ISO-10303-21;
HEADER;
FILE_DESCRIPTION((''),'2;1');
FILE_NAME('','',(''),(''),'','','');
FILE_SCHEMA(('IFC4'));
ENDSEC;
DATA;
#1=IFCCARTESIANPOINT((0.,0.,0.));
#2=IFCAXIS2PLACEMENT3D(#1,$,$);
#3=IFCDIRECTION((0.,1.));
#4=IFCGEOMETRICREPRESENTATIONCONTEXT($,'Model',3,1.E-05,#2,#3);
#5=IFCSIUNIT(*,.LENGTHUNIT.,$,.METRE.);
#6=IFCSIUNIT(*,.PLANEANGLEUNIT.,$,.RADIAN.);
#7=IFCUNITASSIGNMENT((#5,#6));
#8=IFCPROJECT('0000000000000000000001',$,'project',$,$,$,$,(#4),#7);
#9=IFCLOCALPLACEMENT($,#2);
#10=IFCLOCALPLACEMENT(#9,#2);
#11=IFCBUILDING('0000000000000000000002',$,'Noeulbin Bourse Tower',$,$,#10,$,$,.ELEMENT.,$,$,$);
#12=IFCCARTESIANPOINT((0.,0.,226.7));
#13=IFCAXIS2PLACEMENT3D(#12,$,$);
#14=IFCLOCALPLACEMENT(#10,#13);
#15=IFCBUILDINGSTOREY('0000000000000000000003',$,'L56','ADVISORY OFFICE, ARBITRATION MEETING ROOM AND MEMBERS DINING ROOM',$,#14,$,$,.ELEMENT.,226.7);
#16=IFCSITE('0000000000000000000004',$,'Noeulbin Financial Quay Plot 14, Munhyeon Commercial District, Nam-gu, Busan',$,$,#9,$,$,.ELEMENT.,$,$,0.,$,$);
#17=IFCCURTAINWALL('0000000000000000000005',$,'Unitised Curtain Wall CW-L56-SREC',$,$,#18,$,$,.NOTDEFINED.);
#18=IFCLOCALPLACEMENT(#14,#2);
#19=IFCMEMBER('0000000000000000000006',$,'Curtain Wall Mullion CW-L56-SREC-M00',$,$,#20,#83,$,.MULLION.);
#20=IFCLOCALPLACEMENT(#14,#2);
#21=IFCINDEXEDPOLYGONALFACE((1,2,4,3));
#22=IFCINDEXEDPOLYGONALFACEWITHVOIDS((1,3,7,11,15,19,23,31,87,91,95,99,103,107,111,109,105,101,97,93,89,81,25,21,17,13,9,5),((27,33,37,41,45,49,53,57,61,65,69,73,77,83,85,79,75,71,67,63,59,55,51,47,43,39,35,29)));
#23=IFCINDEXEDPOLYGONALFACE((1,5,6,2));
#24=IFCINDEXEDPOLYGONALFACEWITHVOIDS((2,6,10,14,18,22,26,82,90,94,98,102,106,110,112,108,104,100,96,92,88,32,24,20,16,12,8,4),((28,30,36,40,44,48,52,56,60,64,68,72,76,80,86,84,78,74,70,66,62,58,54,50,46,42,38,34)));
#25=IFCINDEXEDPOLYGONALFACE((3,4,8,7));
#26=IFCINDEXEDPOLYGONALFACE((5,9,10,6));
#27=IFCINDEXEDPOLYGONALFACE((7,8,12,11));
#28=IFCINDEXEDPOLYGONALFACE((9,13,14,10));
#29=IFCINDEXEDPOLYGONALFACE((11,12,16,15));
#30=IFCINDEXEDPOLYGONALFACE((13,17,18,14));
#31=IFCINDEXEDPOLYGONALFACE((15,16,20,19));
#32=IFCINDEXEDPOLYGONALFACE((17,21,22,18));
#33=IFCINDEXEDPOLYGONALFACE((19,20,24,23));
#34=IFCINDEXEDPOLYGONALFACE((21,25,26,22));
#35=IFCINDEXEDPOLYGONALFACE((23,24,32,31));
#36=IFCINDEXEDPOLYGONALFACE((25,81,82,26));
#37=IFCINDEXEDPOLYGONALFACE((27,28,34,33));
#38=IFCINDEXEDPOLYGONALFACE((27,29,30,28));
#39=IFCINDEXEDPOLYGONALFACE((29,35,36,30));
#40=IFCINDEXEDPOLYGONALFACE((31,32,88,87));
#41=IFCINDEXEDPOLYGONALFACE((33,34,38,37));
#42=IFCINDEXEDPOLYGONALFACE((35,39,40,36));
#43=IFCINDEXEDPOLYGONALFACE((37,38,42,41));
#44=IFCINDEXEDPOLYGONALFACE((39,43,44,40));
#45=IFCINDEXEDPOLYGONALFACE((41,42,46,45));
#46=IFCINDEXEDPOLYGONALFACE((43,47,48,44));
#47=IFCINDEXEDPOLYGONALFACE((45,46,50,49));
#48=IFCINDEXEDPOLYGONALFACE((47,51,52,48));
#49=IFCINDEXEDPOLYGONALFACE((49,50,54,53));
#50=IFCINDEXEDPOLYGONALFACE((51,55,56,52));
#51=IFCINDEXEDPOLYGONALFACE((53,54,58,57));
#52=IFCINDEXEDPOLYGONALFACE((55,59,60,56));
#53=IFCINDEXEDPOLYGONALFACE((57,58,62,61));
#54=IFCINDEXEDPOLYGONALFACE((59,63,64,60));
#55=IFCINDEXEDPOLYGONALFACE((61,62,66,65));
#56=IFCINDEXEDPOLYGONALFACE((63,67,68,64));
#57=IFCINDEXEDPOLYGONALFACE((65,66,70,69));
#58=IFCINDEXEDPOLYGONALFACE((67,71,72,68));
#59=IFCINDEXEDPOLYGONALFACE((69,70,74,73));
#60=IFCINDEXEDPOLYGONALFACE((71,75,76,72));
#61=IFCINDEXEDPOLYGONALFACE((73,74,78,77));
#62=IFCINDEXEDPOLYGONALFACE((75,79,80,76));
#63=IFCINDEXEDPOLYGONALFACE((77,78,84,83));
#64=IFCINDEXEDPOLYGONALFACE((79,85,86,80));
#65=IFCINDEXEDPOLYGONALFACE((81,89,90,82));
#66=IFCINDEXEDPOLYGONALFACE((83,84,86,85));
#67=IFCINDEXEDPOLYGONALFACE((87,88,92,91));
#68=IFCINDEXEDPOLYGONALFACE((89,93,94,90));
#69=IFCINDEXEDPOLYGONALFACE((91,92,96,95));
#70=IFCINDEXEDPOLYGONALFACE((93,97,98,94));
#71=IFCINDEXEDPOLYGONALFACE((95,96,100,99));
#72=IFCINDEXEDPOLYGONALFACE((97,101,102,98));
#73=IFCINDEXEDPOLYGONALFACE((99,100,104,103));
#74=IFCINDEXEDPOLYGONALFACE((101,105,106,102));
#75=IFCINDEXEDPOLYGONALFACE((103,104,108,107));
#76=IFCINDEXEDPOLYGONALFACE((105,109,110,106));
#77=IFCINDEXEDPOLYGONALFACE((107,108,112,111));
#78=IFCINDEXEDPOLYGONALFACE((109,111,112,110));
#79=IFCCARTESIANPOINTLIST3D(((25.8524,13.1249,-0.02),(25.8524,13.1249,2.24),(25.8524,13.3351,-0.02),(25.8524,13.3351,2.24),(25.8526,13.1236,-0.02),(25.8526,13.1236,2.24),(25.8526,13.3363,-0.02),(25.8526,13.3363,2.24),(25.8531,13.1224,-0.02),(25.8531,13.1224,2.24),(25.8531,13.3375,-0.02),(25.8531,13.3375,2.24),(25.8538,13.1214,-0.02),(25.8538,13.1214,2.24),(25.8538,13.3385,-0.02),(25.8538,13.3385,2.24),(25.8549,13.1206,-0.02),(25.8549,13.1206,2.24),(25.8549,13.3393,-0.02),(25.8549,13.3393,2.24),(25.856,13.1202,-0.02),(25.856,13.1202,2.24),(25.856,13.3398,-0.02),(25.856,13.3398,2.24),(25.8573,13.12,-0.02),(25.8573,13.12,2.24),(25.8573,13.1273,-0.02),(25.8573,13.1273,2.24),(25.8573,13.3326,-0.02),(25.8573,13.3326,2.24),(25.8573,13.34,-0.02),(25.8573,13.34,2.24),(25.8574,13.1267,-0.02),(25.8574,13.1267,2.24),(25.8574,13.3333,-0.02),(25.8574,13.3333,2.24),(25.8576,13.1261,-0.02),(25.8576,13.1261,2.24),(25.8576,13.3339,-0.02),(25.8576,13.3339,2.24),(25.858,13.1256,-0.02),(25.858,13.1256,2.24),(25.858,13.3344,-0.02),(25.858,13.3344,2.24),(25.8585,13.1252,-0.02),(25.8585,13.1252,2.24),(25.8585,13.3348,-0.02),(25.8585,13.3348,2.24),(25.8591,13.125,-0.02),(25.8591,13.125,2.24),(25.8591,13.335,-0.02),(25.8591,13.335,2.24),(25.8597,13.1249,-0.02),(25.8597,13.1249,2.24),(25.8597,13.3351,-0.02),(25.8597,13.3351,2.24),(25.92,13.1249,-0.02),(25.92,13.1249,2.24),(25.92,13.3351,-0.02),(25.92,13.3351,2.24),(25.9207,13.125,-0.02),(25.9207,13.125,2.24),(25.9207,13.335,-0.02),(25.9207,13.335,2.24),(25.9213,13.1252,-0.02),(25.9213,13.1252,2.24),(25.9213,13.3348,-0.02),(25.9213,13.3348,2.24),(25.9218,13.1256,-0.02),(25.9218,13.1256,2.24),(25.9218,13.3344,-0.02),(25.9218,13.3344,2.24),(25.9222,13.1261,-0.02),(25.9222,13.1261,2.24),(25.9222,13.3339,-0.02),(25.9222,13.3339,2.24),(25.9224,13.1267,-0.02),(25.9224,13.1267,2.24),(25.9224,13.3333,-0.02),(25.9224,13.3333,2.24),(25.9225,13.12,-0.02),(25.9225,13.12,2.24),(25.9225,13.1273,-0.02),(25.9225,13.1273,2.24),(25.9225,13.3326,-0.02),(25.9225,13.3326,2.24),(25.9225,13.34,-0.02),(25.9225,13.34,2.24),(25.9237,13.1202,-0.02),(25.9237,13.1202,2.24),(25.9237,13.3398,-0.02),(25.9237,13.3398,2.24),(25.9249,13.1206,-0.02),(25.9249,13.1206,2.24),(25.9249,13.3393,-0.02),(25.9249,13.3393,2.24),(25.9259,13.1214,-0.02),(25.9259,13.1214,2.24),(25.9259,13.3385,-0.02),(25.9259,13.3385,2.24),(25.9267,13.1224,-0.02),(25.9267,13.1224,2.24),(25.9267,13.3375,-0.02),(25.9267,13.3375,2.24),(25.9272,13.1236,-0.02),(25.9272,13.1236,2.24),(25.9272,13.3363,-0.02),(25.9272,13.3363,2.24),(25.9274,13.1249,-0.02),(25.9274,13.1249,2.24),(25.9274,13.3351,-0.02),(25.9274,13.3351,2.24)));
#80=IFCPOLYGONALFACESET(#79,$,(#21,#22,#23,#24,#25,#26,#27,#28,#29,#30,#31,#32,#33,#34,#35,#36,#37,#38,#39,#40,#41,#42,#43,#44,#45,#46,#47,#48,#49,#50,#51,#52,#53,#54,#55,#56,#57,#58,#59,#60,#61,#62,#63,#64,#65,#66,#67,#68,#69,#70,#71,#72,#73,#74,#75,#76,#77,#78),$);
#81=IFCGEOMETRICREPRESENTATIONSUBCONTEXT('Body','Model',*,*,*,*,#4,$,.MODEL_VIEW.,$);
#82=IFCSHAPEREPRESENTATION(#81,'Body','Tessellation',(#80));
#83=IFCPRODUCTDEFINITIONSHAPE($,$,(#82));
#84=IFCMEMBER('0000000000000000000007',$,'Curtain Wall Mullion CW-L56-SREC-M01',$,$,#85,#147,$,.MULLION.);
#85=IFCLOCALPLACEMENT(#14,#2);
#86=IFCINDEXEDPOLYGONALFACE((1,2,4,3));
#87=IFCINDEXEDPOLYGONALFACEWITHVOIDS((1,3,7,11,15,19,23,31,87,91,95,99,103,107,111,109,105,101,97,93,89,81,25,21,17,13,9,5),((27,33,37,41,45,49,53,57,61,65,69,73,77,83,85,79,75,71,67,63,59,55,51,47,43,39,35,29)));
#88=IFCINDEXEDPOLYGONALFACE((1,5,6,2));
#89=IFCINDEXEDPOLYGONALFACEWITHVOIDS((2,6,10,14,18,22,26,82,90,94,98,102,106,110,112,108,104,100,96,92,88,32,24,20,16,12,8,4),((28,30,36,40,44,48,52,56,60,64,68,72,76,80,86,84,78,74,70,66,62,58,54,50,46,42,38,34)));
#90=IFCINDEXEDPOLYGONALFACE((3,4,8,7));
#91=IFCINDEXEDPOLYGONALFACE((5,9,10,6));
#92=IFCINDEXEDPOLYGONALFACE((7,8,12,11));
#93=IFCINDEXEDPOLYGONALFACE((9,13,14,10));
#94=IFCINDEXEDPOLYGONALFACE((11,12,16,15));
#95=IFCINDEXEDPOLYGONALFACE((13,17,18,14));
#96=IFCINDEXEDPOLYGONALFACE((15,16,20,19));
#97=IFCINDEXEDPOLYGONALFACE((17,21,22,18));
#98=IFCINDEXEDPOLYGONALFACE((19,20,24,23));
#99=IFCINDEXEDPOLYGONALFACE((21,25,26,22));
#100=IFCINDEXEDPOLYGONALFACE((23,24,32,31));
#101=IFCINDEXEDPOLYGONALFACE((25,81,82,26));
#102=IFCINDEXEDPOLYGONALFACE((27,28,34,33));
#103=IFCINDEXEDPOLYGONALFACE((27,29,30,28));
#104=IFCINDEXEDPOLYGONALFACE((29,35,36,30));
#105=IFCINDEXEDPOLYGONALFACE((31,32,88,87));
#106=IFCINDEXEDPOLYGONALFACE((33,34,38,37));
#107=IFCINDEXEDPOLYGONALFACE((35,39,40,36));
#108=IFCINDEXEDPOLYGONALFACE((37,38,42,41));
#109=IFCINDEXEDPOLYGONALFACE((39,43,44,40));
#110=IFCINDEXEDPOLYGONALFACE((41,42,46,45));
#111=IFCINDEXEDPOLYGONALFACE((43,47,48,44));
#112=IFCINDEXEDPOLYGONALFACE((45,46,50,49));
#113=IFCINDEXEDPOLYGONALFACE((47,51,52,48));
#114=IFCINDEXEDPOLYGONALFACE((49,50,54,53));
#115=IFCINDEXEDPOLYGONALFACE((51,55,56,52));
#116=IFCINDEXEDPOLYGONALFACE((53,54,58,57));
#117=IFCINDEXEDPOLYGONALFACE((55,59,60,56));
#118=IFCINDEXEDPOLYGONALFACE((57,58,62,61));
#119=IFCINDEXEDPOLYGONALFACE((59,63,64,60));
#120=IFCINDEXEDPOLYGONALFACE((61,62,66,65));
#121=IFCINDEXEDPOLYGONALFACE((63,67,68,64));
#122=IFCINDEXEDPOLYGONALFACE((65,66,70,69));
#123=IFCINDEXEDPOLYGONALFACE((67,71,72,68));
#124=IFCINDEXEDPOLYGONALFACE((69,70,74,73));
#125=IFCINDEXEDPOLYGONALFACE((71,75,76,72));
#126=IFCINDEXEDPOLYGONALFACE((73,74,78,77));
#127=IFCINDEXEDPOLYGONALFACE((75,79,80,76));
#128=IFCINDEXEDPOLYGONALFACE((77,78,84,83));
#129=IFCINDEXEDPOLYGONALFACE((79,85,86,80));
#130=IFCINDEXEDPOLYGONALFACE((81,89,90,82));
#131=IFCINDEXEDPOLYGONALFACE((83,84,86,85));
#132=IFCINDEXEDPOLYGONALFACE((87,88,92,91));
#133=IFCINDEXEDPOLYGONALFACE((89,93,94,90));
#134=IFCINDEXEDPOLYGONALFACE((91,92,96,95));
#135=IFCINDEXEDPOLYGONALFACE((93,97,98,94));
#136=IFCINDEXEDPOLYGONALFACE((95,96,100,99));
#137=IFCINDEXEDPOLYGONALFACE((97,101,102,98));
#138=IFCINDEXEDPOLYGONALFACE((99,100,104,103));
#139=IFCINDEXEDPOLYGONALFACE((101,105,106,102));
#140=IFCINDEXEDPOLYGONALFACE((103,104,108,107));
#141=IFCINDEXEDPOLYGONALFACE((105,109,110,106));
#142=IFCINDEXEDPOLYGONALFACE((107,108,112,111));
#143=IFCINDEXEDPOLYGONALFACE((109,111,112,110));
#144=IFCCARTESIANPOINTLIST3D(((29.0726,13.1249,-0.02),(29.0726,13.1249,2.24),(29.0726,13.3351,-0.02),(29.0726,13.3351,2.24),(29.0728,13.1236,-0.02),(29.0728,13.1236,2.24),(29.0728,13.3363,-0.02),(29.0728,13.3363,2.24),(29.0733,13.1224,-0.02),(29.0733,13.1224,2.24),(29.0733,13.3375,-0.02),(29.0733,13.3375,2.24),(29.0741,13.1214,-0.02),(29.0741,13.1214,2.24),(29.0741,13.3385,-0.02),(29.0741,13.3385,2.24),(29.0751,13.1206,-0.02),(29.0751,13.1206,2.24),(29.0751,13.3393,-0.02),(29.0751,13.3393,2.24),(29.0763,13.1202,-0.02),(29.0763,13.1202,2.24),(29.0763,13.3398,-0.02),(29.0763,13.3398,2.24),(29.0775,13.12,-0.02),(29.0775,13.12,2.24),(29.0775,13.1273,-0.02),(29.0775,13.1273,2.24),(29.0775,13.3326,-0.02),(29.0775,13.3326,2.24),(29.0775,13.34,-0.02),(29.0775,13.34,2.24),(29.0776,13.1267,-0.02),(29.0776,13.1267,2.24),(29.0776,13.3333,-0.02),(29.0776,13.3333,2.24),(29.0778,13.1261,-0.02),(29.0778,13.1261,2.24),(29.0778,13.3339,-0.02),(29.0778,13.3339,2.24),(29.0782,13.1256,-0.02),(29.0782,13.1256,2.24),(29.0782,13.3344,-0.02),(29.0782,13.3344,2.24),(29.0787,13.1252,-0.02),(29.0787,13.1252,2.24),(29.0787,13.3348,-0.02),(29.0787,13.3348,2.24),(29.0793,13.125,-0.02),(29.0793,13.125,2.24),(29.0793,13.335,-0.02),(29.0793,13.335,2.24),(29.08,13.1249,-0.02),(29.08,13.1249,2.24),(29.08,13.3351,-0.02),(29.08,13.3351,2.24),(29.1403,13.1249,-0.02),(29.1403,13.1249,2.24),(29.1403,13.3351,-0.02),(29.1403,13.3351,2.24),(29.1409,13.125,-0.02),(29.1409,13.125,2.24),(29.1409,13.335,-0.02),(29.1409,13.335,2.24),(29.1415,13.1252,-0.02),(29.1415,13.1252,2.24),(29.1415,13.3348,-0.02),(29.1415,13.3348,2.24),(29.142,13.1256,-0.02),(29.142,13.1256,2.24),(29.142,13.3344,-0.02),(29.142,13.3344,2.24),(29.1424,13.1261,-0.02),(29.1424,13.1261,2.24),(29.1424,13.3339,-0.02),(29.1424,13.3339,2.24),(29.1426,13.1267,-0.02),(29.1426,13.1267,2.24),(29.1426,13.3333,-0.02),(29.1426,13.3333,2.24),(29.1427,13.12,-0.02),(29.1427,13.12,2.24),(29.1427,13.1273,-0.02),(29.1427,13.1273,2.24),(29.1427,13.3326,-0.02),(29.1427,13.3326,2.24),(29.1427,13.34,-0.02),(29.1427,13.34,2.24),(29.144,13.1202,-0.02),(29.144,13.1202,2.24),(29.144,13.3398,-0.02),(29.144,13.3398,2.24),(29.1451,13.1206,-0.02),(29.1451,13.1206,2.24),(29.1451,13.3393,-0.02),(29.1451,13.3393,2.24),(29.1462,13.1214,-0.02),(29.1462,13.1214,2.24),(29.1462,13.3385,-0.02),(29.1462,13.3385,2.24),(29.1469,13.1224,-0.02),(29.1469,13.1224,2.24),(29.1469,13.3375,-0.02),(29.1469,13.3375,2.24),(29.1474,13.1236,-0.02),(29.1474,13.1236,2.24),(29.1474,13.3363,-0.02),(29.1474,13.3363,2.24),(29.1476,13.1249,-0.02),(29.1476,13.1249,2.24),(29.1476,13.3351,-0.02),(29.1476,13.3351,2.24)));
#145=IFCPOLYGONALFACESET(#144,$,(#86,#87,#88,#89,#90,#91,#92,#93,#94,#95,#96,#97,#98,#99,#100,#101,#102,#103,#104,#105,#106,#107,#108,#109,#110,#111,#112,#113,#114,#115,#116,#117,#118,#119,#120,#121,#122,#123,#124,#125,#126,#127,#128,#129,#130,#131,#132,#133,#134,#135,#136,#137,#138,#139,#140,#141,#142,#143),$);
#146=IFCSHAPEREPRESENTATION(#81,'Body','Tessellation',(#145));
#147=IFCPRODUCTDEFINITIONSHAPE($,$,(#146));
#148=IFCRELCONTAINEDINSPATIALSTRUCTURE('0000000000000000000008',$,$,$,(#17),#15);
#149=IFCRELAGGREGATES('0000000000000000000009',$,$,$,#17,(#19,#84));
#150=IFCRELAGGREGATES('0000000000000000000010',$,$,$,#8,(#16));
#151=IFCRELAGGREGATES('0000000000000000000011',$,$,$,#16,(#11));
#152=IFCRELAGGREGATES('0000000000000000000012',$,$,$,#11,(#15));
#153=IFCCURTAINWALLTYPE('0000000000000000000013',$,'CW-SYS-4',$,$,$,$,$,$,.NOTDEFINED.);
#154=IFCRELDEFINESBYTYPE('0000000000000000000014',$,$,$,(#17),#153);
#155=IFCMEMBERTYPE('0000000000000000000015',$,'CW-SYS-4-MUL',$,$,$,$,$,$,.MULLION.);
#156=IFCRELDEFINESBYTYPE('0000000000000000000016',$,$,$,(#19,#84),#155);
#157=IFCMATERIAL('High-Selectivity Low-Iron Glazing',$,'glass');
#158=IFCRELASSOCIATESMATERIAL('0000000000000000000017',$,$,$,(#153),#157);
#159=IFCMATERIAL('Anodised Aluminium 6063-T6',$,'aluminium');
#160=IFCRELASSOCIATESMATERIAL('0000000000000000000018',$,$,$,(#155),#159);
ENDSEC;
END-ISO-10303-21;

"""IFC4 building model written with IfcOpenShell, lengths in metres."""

from ifc_helpers import new_model, si_unit, direction, frame, origin, origin_2d, place, context, subcontext, project, spatial, hollow_rectangle, extrude, material, material_profile, profile_set, type_object, element, aggregate, save


model = new_model("IFC4")

# Units and contexts
model_context = context("Model", 3, precision=1e-05, world=origin(), true_north=direction((0.0, 1.0)))
body_context = subcontext(model_context, "Body", "Model", "MODEL_VIEW")
ifc_project = project(units=[si_unit("LENGTHUNIT", "METRE"), si_unit("PLANEANGLEUNIT", "RADIAN")], contexts=[model_context])

# Site, building, storey
site_placement = place(None, origin())
site = spatial("IfcSite", under=ifc_project, at=site_placement, Name="Noeulbin Financial Quay Plot 14, Munhyeon Commercial District, Nam-gu, Busan", CompositionType="ELEMENT", RefElevation=0.0)
building_placement = place(site_placement, origin())
building = spatial("IfcBuilding", under=site, at=building_placement, Name="Noeulbin Bourse Tower", CompositionType="ELEMENT")
storey_placement = place(building_placement, frame((0.0, 0.0, 226.7)))
storey = spatial("IfcBuildingStorey", under=building, at=storey_placement, Name="L56", Description="ADVISORY OFFICE, ARBITRATION MEETING ROOM AND MEMBERS DINING ROOM", CompositionType="ELEMENT", Elevation=226.7)

# Curtain wall, members
ifc_material_1 = material(Name="High-Selectivity Low-Iron Glazing", Category="glass")
curtain_wall_type = type_object("IfcCurtainWallType", Name="CW-SYS-4", PredefinedType="NOTDEFINED", material=ifc_material_1)
curtain_wall_1_placement = place(storey_placement, origin())
curtain_wall_1 = element("IfcCurtainWall", 1, at=curtain_wall_1_placement, inside=storey, type_object=curtain_wall_type, Name="Unitised Curtain Wall CW-L56-SREC", PredefinedType="NOTDEFINED")
ifc_material_2 = material(Name="Anodised Aluminium 6063-T6", Category="aluminium")
ifc_material_profile_1 = material_profile(ifc_material_2, hollow_rectangle(XDim=0.075, YDim=0.22, WallThickness=0.0049, InnerFilletRadius=0.0024, OuterFilletRadius=0.0049, at=origin_2d()), Name="ALU-MULL-75x220x5", Category="LoadBearing")
ifc_profile_set_1 = profile_set([ifc_material_profile_1], Name="Anodised Aluminium 6063-T6")
member_type_1 = type_object("IfcMemberType", Name="CW-SYS-4-MUL", PredefinedType="MULLION", material=ifc_profile_set_1)
member_1_placement = place(storey_placement, frame((25.8899, 13.23, -0.02), z_axis=(0.0, 0.0, 1.0), x_axis=(1.0, 0.0, 0.0)))
member_1 = element("IfcMember", 2, at=member_1_placement, type_object=member_type_1, Name="Curtain Wall Mullion CW-L56-SREC-M00", PredefinedType="MULLION", context=body_context, shape_type="SweptSolid", body=[
    extrude(hollow_rectangle(XDim=0.075, YDim=0.22, WallThickness=0.0049, InnerFilletRadius=0.0024, OuterFilletRadius=0.0049, at=origin_2d()), origin(), (0.0, 0.0, 1.0), 2.26),
])
member_2_placement = place(storey_placement, frame((29.1101, 13.23, -0.02), z_axis=(0.0, 0.0, 1.0), x_axis=(1.0, 0.0, 0.0)))
member_2 = element("IfcMember", 3, at=member_2_placement, type_object=member_type_1, Name="Curtain Wall Mullion CW-L56-SREC-M01", PredefinedType="MULLION", context=body_context, shape_type="SweptSolid", body=[
    extrude(hollow_rectangle(XDim=0.075, YDim=0.22, WallThickness=0.0049, InnerFilletRadius=0.0024, OuterFilletRadius=0.0049, at=origin_2d()), origin(), (0.0, 0.0, 1.0), 2.26),
])

aggregate(curtain_wall_1, [member_1, member_2])

save(model, "model.ifc")
